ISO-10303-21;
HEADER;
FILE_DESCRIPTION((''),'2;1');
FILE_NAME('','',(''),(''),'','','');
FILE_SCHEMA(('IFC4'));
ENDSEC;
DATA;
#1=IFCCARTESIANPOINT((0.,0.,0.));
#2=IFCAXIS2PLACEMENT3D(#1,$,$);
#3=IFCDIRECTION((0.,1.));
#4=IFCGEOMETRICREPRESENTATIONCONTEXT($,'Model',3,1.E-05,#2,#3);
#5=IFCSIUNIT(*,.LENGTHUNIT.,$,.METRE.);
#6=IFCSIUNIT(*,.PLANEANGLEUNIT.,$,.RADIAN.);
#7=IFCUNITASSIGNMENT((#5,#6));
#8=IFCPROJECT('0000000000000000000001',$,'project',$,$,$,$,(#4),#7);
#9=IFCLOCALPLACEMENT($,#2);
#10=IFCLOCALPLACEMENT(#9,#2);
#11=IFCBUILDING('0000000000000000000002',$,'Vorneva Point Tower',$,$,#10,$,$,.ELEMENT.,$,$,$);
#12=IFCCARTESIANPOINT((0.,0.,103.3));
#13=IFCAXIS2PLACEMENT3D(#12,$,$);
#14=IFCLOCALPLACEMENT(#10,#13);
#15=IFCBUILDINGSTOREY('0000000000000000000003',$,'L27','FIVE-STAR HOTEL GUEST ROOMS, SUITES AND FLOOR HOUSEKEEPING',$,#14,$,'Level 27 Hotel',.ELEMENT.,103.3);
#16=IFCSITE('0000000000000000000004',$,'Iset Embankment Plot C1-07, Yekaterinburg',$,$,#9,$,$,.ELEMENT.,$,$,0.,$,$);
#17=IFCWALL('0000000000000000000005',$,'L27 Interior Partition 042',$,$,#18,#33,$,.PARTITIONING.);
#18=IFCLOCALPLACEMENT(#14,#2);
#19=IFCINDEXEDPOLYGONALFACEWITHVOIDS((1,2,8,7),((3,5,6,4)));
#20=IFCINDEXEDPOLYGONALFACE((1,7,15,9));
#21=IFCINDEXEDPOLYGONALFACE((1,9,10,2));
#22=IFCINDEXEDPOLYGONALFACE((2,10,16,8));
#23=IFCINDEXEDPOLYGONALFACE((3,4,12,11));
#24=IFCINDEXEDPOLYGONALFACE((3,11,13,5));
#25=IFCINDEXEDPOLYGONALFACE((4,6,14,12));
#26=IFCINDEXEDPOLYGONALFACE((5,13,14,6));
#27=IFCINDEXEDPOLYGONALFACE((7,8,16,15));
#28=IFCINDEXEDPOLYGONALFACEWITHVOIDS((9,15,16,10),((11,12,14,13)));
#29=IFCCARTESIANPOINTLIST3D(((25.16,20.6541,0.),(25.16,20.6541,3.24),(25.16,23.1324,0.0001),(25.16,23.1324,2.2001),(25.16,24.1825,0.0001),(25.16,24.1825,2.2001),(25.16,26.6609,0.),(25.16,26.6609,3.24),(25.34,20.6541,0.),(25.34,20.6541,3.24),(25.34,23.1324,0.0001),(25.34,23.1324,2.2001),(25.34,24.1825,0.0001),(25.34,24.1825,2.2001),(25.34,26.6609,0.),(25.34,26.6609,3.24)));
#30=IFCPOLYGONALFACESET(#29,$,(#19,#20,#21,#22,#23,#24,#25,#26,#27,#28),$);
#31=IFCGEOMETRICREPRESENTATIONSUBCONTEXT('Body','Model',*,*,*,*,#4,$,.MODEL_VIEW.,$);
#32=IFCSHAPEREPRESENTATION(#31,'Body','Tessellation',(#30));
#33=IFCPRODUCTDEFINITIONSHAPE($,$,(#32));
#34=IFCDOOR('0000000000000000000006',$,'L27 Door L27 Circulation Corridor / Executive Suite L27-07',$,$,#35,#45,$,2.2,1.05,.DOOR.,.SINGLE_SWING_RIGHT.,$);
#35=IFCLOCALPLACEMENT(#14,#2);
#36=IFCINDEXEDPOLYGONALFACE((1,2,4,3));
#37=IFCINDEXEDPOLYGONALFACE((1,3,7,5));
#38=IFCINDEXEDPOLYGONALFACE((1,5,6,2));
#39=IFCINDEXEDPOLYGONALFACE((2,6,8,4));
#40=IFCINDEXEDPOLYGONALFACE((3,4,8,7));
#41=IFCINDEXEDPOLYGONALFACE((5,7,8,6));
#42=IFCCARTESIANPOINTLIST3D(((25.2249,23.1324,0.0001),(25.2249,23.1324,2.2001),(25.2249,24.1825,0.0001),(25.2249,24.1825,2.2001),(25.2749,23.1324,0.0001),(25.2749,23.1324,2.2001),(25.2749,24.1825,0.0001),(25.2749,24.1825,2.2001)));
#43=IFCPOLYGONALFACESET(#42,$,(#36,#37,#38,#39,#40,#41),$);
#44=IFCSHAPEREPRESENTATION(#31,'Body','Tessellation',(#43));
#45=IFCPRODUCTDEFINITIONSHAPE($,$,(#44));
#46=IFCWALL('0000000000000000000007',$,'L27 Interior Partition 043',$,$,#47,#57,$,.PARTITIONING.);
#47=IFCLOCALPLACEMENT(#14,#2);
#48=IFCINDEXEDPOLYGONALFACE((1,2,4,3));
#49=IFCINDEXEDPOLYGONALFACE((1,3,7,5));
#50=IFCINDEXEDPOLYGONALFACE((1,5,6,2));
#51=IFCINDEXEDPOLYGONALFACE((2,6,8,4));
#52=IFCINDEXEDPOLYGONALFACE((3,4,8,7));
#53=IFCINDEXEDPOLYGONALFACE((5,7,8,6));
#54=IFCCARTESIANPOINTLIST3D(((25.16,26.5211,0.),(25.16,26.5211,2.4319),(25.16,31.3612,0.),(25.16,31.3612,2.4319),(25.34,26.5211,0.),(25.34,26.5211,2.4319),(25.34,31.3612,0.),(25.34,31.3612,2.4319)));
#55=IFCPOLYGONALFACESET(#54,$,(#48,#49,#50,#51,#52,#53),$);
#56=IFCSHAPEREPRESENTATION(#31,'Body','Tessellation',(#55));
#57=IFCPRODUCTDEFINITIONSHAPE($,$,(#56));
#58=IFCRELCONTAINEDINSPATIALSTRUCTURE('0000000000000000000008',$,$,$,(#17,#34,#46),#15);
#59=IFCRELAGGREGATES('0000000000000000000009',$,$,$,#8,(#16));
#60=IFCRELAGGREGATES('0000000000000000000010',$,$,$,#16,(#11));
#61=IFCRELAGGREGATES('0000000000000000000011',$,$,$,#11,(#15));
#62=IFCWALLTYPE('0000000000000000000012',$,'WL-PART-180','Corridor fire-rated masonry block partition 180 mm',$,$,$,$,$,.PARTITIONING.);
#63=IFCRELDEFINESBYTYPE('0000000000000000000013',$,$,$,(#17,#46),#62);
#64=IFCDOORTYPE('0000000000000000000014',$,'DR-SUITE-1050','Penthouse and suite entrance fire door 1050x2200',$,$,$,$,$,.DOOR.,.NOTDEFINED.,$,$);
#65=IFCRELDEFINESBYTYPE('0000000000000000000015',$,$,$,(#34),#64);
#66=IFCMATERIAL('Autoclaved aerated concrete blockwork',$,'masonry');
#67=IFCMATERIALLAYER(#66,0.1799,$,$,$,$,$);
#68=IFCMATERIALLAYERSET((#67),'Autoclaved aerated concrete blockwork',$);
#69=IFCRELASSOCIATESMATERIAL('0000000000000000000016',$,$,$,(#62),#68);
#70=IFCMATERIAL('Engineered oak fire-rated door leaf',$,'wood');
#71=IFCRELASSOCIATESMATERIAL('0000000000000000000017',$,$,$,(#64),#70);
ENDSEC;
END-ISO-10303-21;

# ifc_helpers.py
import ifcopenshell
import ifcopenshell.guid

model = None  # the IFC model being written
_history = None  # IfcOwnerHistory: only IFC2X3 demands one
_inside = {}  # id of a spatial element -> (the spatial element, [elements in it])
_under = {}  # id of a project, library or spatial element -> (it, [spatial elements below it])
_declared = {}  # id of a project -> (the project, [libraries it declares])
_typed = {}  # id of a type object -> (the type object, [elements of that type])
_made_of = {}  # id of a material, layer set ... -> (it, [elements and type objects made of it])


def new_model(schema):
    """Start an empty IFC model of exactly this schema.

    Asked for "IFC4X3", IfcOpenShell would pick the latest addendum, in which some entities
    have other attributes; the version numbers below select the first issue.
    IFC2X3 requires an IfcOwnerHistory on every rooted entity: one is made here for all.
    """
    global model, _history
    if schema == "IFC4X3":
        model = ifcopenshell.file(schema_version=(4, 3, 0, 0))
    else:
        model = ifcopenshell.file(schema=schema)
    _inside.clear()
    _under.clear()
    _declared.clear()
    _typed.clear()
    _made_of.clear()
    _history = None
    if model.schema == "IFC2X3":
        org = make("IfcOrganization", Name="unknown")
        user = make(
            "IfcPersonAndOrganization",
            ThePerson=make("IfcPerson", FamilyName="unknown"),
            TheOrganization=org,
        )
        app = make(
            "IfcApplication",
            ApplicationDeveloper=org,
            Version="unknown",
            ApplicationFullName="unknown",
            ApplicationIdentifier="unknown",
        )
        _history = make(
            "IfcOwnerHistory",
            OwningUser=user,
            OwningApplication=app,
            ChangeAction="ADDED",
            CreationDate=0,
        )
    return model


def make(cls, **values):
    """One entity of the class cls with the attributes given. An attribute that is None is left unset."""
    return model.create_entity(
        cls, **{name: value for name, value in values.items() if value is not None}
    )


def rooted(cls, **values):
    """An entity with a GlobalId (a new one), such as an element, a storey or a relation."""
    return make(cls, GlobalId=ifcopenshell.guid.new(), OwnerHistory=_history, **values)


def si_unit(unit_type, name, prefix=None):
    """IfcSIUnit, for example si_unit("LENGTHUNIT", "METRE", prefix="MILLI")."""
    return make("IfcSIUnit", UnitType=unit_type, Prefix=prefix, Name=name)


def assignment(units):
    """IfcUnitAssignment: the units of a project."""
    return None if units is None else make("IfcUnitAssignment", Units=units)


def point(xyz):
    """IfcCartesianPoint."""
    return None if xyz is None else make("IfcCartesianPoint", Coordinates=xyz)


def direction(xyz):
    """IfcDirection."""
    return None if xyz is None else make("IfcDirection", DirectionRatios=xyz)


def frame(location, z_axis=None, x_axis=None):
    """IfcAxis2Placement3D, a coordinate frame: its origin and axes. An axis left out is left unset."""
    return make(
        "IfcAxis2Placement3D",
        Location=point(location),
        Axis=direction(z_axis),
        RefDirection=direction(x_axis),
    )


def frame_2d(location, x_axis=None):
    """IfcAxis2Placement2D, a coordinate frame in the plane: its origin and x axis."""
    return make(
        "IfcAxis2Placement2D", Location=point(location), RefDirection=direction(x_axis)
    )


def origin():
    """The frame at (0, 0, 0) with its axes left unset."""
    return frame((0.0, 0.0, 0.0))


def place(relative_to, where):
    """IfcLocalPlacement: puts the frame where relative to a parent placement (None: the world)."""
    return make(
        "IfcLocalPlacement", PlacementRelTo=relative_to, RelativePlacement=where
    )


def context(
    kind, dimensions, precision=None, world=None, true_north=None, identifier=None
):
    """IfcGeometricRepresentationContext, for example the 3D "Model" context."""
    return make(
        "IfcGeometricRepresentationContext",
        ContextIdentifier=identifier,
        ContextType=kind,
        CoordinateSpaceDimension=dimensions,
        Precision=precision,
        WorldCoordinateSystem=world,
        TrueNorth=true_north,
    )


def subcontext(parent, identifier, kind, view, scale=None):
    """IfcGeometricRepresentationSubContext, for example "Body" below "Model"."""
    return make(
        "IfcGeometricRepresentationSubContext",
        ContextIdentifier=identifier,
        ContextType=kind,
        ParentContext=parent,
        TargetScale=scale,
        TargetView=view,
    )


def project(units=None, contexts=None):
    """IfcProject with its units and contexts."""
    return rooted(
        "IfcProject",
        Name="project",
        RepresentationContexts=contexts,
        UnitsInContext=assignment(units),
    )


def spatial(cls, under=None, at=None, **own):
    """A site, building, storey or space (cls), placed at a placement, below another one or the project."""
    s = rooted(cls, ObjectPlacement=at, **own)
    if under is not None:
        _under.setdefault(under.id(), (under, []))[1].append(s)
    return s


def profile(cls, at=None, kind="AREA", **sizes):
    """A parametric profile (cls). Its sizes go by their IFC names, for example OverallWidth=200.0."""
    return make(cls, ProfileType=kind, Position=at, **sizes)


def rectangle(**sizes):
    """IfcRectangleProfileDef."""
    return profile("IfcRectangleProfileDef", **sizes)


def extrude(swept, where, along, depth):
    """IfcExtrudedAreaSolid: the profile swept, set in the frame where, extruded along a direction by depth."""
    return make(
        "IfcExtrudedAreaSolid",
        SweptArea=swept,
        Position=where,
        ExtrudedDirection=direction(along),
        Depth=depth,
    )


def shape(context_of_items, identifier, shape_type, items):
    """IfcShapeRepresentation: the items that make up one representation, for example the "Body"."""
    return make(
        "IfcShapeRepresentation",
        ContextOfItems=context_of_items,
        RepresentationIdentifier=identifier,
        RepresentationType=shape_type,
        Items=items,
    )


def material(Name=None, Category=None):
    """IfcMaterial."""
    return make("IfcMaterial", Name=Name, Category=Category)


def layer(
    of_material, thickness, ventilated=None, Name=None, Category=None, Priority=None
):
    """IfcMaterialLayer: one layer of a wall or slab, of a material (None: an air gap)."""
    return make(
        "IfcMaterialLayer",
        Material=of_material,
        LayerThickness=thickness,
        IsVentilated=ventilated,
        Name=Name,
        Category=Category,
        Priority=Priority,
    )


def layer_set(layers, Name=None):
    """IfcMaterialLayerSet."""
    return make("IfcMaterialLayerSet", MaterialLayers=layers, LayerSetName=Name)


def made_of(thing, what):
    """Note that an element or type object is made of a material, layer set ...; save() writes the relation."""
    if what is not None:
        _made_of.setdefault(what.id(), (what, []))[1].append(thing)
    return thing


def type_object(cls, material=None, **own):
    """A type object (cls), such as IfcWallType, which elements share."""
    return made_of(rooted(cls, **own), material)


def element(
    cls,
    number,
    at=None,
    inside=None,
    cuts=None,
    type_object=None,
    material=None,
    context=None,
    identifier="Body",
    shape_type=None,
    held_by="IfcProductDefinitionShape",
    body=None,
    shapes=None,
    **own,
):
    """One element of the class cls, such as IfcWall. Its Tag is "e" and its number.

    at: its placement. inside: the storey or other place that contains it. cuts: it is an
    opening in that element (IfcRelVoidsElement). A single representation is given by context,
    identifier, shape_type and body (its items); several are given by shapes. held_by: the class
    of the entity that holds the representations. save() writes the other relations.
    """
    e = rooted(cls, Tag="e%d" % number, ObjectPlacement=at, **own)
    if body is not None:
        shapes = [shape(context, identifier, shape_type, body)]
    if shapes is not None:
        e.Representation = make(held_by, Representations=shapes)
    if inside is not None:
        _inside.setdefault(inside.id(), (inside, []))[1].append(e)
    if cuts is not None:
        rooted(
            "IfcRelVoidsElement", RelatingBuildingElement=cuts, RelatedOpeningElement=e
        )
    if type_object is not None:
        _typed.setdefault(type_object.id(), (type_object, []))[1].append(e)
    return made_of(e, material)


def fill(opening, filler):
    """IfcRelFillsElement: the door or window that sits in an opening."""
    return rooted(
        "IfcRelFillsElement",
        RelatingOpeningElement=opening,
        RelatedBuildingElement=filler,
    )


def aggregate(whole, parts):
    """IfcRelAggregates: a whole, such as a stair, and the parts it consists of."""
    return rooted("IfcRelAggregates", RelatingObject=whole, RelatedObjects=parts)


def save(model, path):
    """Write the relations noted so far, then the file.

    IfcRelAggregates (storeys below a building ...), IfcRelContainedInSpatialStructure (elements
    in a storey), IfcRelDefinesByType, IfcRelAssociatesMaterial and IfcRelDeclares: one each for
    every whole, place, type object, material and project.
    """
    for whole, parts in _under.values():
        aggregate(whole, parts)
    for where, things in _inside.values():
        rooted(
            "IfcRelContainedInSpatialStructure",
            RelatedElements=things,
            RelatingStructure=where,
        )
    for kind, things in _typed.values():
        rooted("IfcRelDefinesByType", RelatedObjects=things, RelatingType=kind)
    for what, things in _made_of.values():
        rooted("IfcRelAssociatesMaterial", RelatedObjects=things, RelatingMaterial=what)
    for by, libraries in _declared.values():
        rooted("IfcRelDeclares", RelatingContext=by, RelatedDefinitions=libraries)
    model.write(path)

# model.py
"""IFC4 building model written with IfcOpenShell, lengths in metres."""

from ifc_helpers import new_model, si_unit, direction, frame, frame_2d, origin, place, context, subcontext, project, spatial, rectangle, extrude, material, layer, layer_set, type_object, element, fill, save


model = new_model("IFC4")

# Units and contexts
model_context = context("Model", 3, precision=1e-05, world=origin(), true_north=direction((0.0, 1.0)))
body_context = subcontext(model_context, "Body", "Model", "MODEL_VIEW")
ifc_project = project(units=[si_unit("LENGTHUNIT", "METRE"), si_unit("PLANEANGLEUNIT", "RADIAN")], contexts=[model_context])

# Site, building, storey
site_placement = place(None, origin())
site = spatial("IfcSite", under=ifc_project, at=site_placement, Name="Iset Embankment Plot C1-07, Yekaterinburg", CompositionType="ELEMENT", RefElevation=0.0)
building_placement = place(site_placement, origin())
building = spatial("IfcBuilding", under=site, at=building_placement, Name="Vorneva Point Tower", CompositionType="ELEMENT")
storey_placement = place(building_placement, frame((0.0, 0.0, 103.3)))
storey = spatial("IfcBuildingStorey", under=building, at=storey_placement, Name="L27", Description="FIVE-STAR HOTEL GUEST ROOMS, SUITES AND FLOOR HOUSEKEEPING", LongName="Level 27 Hotel", CompositionType="ELEMENT", Elevation=103.3)

# Shared definitions
ifc_material_1 = material(Name="Engineered oak fire-rated door leaf", Category="wood")

# Wall, opening, door
ifc_material_2 = material(Name="Autoclaved aerated concrete blockwork", Category="masonry")
ifc_layer_1 = layer(ifc_material_2, 0.1799)
ifc_layer_set_1 = layer_set([ifc_layer_1], Name="Autoclaved aerated concrete blockwork")
wall_type_1 = type_object("IfcWallType", Name="WL-PART-180", Description="Corridor fire-rated masonry block partition 180 mm", PredefinedType="PARTITIONING", material=ifc_layer_set_1)
wall_1_placement = place(storey_placement, frame((25.25, 26.6609, 0.0), z_axis=(0.0, 0.0, 1.0), x_axis=(0.0, -1.0, 0.0)))
wall_1 = element("IfcWall", 1, at=wall_1_placement, inside=storey, type_object=wall_type_1, Name="L27 Interior Partition 042", PredefinedType="PARTITIONING", context=body_context, shape_type="SweptSolid", body=[
    extrude(rectangle(XDim=6.0068, YDim=0.1799, at=frame_2d((3.0034, 0.0))), origin(), (0.0, 0.0, 1.0), 3.24),
])
opening_1_placement = place(wall_1_placement, frame((2.4785, 0.0, 0.0)))
opening_1 = element("IfcOpeningElement", 2, at=opening_1_placement, cuts=wall_1, PredefinedType="OPENING", context=body_context, shape_type="SweptSolid", body=[
    extrude(rectangle(XDim=1.05, YDim=2.2, at=frame_2d((0.5249, 1.1001))), frame((0.0, 0.105, 0.0), z_axis=(0.0, -1.0, 0.0), x_axis=(1.0, 0.0, 0.0)), (0.0, 0.0, 1.0), 0.2097),
])
door_type_1 = type_object("IfcDoorType", Name="DR-SUITE-1050", Description="Penthouse and suite entrance fire door 1050x2200", OperationType="NOTDEFINED", PredefinedType="DOOR", material=ifc_material_1)
door_1_placement = place(opening_1_placement, origin())
door_1 = element("IfcDoor", 3, at=door_1_placement, inside=storey, type_object=door_type_1, Name="L27 Door L27 Circulation Corridor / Executive Suite L27-07", OperationType="SINGLE_SWING_RIGHT", OverallHeight=2.2, OverallWidth=1.05, PredefinedType="DOOR", context=body_context, shape_type="SweptSolid", body=[
    extrude(rectangle(XDim=1.05, YDim=2.2, at=frame_2d((0.5249, 1.1001))), frame((0.0, 0.0249, 0.0), z_axis=(0.0, -1.0, 0.0), x_axis=(1.0, 0.0, 0.0)), (0.0, 0.0, 1.0), 0.05),
])
fill(opening_1, door_1)

# Wall
wall_2_placement = place(storey_placement, frame((25.25, 31.3611, 0.0), z_axis=(0.0, 0.0, 1.0), x_axis=(0.0, -1.0, 0.0)))
element("IfcWall", 4, at=wall_2_placement, inside=storey, type_object=wall_type_1, Name="L27 Interior Partition 043", PredefinedType="PARTITIONING", context=body_context, shape_type="SweptSolid", body=[
    extrude(rectangle(XDim=4.8401, YDim=0.1799, at=frame_2d((2.4199, 0.0))), origin(), (0.0, 0.0, 1.0), 2.4319),
])

save(model, "model.ifc")
